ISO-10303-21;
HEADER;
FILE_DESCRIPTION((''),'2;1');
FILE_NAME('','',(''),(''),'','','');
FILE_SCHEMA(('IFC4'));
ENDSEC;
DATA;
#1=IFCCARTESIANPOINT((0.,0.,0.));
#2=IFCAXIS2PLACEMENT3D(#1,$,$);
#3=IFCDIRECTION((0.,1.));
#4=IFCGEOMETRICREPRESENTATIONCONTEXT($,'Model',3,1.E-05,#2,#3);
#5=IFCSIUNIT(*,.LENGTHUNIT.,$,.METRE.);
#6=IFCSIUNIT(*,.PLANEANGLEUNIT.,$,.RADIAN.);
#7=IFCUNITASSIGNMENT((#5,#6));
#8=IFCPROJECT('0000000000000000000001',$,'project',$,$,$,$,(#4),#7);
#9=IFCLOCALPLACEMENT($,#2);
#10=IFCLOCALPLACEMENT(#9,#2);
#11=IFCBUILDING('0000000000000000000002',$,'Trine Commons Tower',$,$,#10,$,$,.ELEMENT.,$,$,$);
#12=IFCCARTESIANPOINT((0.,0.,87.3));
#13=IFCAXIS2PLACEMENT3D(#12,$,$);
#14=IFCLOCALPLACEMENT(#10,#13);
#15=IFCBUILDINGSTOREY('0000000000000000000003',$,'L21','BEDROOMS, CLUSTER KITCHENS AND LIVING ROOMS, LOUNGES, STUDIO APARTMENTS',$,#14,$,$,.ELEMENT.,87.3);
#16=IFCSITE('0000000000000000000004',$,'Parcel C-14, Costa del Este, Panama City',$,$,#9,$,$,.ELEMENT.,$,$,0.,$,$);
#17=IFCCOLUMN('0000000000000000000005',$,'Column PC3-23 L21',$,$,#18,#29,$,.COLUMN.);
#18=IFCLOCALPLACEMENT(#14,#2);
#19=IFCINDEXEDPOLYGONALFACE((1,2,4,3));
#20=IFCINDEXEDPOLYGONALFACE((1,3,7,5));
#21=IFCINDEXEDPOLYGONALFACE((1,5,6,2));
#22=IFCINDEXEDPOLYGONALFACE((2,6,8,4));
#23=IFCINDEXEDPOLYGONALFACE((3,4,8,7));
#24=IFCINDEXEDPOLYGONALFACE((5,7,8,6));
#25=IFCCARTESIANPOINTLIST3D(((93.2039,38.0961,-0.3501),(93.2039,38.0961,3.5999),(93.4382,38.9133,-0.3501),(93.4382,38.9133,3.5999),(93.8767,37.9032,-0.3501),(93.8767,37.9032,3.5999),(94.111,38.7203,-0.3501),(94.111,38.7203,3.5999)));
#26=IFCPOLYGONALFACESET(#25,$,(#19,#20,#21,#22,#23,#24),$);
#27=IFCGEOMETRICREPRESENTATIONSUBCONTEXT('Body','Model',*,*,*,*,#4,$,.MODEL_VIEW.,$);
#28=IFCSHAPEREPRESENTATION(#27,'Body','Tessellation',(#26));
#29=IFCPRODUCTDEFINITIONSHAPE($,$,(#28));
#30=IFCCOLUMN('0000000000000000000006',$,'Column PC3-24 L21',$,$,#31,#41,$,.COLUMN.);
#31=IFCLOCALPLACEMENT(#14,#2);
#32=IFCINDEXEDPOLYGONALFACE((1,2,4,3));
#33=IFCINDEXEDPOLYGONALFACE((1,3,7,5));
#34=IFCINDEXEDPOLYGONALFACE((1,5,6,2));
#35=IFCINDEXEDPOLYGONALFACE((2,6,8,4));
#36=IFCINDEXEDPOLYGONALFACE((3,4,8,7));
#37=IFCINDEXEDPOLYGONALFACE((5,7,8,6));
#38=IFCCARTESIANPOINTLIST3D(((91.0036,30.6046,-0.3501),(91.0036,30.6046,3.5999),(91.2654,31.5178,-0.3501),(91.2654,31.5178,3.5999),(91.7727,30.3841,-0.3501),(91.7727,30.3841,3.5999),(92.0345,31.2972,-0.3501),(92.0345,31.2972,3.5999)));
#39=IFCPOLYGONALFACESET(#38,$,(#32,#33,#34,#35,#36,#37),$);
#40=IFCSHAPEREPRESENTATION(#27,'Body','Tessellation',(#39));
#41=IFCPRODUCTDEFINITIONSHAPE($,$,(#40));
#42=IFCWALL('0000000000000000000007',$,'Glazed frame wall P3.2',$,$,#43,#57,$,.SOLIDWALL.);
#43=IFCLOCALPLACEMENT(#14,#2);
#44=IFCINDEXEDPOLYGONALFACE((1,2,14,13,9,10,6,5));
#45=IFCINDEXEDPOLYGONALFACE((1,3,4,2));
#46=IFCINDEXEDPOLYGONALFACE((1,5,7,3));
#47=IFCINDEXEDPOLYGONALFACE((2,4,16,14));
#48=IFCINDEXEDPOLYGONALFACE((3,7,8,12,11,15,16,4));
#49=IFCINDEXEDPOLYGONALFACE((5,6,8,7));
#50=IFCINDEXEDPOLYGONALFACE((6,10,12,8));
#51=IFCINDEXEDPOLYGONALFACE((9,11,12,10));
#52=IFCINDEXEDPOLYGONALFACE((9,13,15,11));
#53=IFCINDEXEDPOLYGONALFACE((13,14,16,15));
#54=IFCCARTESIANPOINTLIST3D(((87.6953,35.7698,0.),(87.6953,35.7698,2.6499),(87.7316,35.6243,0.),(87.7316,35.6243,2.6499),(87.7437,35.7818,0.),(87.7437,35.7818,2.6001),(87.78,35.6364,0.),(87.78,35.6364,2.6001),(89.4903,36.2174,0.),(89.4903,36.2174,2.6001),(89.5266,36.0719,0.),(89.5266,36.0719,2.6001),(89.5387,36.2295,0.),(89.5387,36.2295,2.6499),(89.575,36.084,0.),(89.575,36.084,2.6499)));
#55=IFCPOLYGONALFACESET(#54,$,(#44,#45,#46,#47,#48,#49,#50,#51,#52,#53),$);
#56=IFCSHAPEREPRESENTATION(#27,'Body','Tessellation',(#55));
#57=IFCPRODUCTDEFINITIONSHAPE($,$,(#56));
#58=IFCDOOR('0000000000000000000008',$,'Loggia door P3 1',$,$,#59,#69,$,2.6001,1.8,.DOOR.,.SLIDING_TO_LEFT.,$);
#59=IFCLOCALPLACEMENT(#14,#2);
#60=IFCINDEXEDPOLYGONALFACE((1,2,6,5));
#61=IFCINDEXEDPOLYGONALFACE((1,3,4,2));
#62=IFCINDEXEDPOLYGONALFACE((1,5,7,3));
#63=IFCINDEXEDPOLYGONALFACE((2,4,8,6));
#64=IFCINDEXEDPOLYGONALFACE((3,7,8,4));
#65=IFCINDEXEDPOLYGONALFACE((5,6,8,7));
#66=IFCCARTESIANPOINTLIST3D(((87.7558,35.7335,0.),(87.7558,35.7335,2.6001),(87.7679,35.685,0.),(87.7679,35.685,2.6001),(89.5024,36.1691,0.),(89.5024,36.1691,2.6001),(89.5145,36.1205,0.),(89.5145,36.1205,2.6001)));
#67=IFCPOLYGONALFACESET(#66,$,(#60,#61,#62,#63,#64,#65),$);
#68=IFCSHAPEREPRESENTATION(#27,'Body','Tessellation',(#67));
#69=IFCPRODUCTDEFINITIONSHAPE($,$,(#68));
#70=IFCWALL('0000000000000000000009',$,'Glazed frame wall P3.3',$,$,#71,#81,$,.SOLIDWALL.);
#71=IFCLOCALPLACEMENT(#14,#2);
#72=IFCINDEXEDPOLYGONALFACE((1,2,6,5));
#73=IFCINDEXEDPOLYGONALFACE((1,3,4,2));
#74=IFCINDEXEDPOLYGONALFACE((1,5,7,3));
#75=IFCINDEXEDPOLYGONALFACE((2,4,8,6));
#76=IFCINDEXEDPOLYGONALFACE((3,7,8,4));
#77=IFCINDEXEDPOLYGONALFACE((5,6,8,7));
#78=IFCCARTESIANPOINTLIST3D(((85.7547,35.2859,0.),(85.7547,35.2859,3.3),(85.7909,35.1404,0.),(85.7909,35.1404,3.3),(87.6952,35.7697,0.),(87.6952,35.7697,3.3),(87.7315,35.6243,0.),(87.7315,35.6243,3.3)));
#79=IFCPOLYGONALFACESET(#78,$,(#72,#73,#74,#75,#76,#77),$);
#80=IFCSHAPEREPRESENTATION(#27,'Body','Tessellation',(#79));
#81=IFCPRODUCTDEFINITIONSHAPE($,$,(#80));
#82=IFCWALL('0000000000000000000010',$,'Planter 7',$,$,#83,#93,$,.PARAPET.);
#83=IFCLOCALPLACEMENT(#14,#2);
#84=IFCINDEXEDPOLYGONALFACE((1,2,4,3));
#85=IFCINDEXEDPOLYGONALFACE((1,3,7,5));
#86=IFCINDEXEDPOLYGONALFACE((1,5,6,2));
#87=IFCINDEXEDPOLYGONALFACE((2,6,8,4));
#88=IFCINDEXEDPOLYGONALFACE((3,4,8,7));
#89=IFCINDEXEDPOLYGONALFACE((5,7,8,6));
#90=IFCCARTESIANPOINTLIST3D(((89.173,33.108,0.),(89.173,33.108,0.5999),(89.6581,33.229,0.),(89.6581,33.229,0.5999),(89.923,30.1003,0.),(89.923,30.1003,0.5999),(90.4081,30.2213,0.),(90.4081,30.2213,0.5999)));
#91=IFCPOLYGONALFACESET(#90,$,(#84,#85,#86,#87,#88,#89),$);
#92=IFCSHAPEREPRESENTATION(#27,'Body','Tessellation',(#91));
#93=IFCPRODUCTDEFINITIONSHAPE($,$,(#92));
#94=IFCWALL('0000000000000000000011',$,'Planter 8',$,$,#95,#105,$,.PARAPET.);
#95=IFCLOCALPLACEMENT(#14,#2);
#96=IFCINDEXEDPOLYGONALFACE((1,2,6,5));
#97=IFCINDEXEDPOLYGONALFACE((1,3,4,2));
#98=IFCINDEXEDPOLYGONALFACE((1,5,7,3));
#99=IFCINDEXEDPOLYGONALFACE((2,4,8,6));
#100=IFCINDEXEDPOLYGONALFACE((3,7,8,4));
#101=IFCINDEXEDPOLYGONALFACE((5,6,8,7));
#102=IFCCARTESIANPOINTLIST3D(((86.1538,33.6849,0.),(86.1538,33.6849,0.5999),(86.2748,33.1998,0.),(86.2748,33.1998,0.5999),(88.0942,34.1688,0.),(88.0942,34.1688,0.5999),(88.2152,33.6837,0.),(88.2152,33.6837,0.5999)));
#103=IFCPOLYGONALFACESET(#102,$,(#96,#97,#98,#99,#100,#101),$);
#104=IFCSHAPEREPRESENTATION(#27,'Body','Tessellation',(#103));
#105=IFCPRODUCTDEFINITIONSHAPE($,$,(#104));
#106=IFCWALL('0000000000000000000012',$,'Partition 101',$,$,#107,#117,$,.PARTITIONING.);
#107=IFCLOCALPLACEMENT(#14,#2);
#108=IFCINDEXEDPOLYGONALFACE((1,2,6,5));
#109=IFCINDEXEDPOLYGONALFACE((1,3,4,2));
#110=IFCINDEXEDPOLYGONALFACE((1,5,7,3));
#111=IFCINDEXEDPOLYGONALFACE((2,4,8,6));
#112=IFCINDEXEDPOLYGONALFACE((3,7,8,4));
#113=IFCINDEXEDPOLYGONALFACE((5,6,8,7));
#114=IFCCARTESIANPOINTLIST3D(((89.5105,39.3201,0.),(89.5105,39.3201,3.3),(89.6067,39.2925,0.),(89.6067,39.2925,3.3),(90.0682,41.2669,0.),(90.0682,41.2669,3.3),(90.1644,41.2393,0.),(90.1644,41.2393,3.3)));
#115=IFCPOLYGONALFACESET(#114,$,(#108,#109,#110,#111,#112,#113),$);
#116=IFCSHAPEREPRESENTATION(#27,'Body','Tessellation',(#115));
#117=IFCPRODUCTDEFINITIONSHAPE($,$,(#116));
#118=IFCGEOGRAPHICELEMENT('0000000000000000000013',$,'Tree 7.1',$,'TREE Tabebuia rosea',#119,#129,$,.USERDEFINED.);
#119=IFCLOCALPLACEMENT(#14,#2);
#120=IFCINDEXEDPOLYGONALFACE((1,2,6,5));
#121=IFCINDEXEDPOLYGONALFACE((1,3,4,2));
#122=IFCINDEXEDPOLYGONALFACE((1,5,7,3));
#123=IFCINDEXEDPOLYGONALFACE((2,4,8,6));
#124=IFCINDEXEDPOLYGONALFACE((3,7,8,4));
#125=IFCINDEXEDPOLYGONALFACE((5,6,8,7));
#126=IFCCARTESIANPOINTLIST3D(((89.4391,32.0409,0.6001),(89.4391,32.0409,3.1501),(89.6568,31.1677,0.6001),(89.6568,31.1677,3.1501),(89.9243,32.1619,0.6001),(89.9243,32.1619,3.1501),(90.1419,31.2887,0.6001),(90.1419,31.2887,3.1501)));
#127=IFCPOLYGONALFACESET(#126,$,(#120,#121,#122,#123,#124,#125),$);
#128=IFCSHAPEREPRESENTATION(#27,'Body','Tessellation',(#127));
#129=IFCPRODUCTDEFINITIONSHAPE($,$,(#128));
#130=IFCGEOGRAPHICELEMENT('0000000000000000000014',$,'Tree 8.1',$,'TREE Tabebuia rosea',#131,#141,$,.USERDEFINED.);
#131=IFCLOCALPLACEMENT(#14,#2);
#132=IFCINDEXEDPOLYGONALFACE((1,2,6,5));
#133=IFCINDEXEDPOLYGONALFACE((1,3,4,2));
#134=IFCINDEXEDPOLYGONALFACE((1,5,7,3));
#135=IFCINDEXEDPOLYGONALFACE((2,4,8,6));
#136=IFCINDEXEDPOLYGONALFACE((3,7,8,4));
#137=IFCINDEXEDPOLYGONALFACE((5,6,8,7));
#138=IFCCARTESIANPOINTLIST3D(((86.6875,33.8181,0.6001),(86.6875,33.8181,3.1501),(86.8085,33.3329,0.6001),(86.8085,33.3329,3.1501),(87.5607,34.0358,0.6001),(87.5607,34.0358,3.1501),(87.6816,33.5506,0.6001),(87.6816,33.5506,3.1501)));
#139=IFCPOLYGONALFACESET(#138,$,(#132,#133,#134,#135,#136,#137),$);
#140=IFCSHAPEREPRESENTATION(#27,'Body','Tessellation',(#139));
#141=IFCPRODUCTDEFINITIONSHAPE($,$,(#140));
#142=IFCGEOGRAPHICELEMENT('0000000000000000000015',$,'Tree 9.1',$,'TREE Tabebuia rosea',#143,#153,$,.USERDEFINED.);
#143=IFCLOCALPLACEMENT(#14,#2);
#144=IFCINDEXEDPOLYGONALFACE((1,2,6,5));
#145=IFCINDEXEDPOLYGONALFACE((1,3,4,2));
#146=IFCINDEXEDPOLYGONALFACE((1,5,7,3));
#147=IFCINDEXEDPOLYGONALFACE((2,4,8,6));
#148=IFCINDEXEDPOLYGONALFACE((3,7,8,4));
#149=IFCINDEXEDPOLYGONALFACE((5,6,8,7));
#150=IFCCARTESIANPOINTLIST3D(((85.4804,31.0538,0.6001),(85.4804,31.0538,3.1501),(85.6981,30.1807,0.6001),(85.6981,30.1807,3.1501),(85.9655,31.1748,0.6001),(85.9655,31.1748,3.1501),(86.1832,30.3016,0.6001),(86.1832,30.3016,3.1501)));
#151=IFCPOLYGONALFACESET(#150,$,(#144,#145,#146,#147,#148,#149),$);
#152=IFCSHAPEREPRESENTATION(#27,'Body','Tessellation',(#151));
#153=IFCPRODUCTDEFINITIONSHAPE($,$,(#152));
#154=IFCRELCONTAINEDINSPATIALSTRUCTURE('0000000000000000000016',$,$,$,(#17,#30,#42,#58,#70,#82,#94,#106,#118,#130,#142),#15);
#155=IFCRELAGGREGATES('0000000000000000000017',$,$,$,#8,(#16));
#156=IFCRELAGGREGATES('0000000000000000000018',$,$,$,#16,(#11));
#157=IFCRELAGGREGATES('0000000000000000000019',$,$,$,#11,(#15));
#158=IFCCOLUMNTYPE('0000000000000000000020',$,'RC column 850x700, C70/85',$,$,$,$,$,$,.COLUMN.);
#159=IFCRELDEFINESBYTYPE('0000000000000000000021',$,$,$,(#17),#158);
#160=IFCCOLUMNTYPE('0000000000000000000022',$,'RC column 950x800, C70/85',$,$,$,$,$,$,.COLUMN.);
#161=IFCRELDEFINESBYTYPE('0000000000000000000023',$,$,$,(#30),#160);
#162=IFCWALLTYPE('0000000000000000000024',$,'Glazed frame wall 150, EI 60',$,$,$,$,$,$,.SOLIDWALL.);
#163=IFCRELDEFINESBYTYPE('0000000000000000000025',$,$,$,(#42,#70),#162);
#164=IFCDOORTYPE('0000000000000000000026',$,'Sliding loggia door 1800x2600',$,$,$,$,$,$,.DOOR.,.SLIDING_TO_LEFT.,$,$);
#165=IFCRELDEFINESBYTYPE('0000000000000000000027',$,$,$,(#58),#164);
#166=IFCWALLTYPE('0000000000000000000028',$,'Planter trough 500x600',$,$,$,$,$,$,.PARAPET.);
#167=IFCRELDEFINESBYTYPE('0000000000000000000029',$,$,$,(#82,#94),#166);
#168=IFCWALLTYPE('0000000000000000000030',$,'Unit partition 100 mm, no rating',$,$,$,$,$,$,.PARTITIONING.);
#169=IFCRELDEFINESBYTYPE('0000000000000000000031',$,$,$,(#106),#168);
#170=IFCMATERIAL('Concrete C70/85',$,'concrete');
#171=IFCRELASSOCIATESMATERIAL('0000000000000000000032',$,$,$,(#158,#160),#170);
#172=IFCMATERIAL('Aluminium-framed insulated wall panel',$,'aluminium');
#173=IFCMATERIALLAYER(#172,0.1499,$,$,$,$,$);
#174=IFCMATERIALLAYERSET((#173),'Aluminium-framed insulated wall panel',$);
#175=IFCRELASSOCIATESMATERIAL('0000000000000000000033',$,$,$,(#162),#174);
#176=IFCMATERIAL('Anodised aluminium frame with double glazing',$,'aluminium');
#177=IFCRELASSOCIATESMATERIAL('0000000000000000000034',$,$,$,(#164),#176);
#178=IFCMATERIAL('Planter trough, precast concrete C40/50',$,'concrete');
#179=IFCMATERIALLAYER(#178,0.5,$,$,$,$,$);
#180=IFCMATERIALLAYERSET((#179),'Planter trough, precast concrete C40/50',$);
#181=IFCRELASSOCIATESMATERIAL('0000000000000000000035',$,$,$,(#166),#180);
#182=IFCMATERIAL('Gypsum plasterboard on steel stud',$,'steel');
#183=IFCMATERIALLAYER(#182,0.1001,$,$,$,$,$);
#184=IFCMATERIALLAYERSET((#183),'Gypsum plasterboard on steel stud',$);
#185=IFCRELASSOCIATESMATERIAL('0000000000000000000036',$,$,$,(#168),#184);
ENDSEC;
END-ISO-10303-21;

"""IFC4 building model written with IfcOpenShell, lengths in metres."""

from ifc_helpers import new_model, si_unit, direction, frame, frame_2d, origin, origin_2d, place, context, subcontext, project, spatial, polyline, rectangle, outline, extrude, material, layer, layer_set, material_profile, profile_set, type_object, element, fill, save


model = new_model("IFC4")

# Units and contexts
model_context = context("Model", 3, precision=1e-05, world=origin(), true_north=direction((0.0, 1.0)))
body_context = subcontext(model_context, "Body", "Model", "MODEL_VIEW")
ifc_project = project(units=[si_unit("LENGTHUNIT", "METRE"), si_unit("PLANEANGLEUNIT", "RADIAN")], contexts=[model_context])

# Site, building, storey
site_placement = place(None, origin())
site = spatial("IfcSite", under=ifc_project, at=site_placement, Name="Parcel C-14, Costa del Este, Panama City", CompositionType="ELEMENT", RefElevation=0.0)
building_placement = place(site_placement, origin())
building = spatial("IfcBuilding", under=site, at=building_placement, Name="Trine Commons Tower", CompositionType="ELEMENT")
storey_placement = place(building_placement, frame((0.0, 0.0, 87.3)))
storey = spatial("IfcBuildingStorey", under=building, at=storey_placement, Name="L21", Description="BEDROOMS, CLUSTER KITCHENS AND LIVING ROOMS, LOUNGES, STUDIO APARTMENTS", CompositionType="ELEMENT", Elevation=87.3)

# Columns
ifc_material_1 = material(Name="Concrete C70/85", Category="concrete")
ifc_material_profile_1 = material_profile(ifc_material_1, rectangle(XDim=0.8501, YDim=0.7, at=origin_2d()), Name="RC 850x700")
ifc_profile_set_1 = profile_set([ifc_material_profile_1], Name="Concrete C70/85")
column_type_1 = type_object("IfcColumnType", Name="RC column 850x700, C70/85", PredefinedType="COLUMN", material=ifc_profile_set_1)
column_1_placement = place(storey_placement, frame((93.6575, 38.4082, -0.3501), z_axis=(0.0, 0.0, 1.0), x_axis=(0.275637, 0.961262, 0.0)))
element("IfcColumn", 1, at=column_1_placement, inside=storey, type_object=column_type_1, Name="Column PC3-23 L21", PredefinedType="COLUMN", context=body_context, shape_type="SweptSolid", body=[
    extrude(rectangle(XDim=0.8501, YDim=0.7, at=origin_2d()), origin(), (0.0, 0.0, 1.0), 3.95),
])
ifc_material_profile_2 = material_profile(ifc_material_1, rectangle(XDim=0.95, YDim=0.8, at=origin_2d()), Name="RC 950x800")
ifc_profile_set_2 = profile_set([ifc_material_profile_2], Name="Concrete C70/85")
column_type_2 = type_object("IfcColumnType", Name="RC column 950x800, C70/85", PredefinedType="COLUMN", material=ifc_profile_set_2)
column_2_placement = place(storey_placement, frame((91.519, 30.9509, -0.3501), z_axis=(0.0, 0.0, 1.0), x_axis=(0.275637, 0.961262, 0.0)))
element("IfcColumn", 2, at=column_2_placement, inside=storey, type_object=column_type_2, Name="Column PC3-24 L21", PredefinedType="COLUMN", context=body_context, shape_type="SweptSolid", body=[
    extrude(rectangle(XDim=0.95, YDim=0.8, at=origin_2d()), origin(), (0.0, 0.0, 1.0), 3.95),
])

# Shared definitions
ifc_material_2 = material(Name="Aluminium-framed insulated wall panel", Category="aluminium")
ifc_layer_1 = layer(ifc_material_2, 0.1499)
ifc_layer_set_1 = layer_set([ifc_layer_1], Name="Aluminium-framed insulated wall panel")
wall_type_1 = type_object("IfcWallType", Name="Glazed frame wall 150, EI 60", PredefinedType="SOLIDWALL", material=ifc_layer_set_1)

# Wall, opening, door
wall_1_placement = place(storey_placement, frame((89.5569, 36.1567, 0.0), z_axis=(0.0, 0.0, 1.0), x_axis=(-0.970286, -0.241961, 0.0)))
wall_1 = element("IfcWall", 3, at=wall_1_placement, inside=storey, type_object=wall_type_1, Name="Glazed frame wall P3.2", PredefinedType="SOLIDWALL", context=body_context, shape_type="SweptSolid", body=[
    extrude(outline(polyline([(0.0, -0.075), (1.8999, -0.075), (1.8999, 0.075), (0.0, 0.075), (0.0, -0.075)])), origin(), (0.0, 0.0, 1.0), 2.6499),
])
opening_placement = place(wall_1_placement, frame((0.05, 0.0, 0.0)))
opening = element("IfcOpeningElement", 4, at=opening_placement, cuts=wall_1, PredefinedType="OPENING", context=body_context, shape_type="SweptSolid", body=[
    extrude(rectangle(XDim=1.8, YDim=2.6001, at=frame_2d((0.8999, 1.3))), frame((0.0, 0.085, 0.0), z_axis=(0.0, -1.0, 0.0), x_axis=(1.0, 0.0, 0.0)), (0.0, 0.0, 1.0), 0.1699),
])
ifc_material_3 = material(Name="Anodised aluminium frame with double glazing", Category="aluminium")
door_type = type_object("IfcDoorType", Name="Sliding loggia door 1800x2600", OperationType="SLIDING_TO_LEFT", PredefinedType="DOOR", material=ifc_material_3)
door_placement = place(opening_placement, origin())
door = element("IfcDoor", 5, at=door_placement, inside=storey, type_object=door_type, Name="Loggia door P3 1", OperationType="SLIDING_TO_LEFT", OverallHeight=2.6001, OverallWidth=1.8, PredefinedType="DOOR", context=body_context, shape_type="SweptSolid", body=[
    extrude(rectangle(XDim=1.8, YDim=2.6001, at=frame_2d((0.8999, 1.3))), frame((0.0, 0.0249, 0.0), z_axis=(0.0, -1.0, 0.0), x_axis=(1.0, 0.0, 0.0)), (0.0, 0.0, 1.0), 0.05),
])
fill(opening, door)

# Walls
wall_2_placement = place(storey_placement, frame((87.7134, 35.697, 0.0), z_axis=(0.0, 0.0, 1.0), x_axis=(-0.970293, -0.241932, 0.0)))
element("IfcWall", 6, at=wall_2_placement, inside=storey, type_object=wall_type_1, Name="Glazed frame wall P3.3", PredefinedType="SOLIDWALL", context=body_context, shape_type="SweptSolid", body=[
    extrude(outline(polyline([(0.0, -0.075), (2.0, -0.075), (2.0, 0.075), (0.0, 0.075), (0.0, -0.075)])), origin(), (0.0, 0.0, 1.0), 3.3),
])
ifc_material_4 = material(Name="Planter trough, precast concrete C40/50", Category="concrete")
ifc_layer_2 = layer(ifc_material_4, 0.5)
ifc_layer_set_2 = layer_set([ifc_layer_2], Name="Planter trough, precast concrete C40/50")
wall_type_2 = type_object("IfcWallType", Name="Planter trough 500x600", PredefinedType="PARAPET", material=ifc_layer_set_2)
wall_3_placement = place(storey_placement, frame((90.1655, 30.1609, 0.0), z_axis=(0.0, 0.0, 1.0), x_axis=(-0.241943, 0.970291, 0.0)))
element("IfcWall", 7, at=wall_3_placement, inside=storey, type_object=wall_type_2, Name="Planter 7", PredefinedType="PARAPET", context=body_context, shape_type="SweptSolid", body=[
    extrude(rectangle(XDim=3.0999, YDim=0.5, at=frame_2d((1.5498, 0.0))), origin(), (0.0, 0.0, 1.0), 0.5999),
])
wall_4_placement = place(storey_placement, frame((88.1548, 33.9263, 0.0), z_axis=(0.0, 0.0, 1.0), x_axis=(-0.970286, -0.241961, 0.0)))
element("IfcWall", 8, at=wall_4_placement, inside=storey, type_object=wall_type_2, Name="Planter 8", PredefinedType="PARAPET", context=body_context, shape_type="SweptSolid", body=[
    extrude(rectangle(XDim=1.9998, YDim=0.5, at=frame_2d((1.0, 0.0))), origin(), (0.0, 0.0, 1.0), 0.5999),
])
ifc_material_5 = material(Name="Gypsum plasterboard on steel stud", Category="steel")
ifc_layer_3 = layer(ifc_material_5, 0.1001)
ifc_layer_set_3 = layer_set([ifc_layer_3], Name="Gypsum plasterboard on steel stud")
wall_type_3 = type_object("IfcWallType", Name="Unit partition 100 mm, no rating", PredefinedType="PARTITIONING", material=ifc_layer_set_3)
wall_5_placement = place(storey_placement, frame((89.5586, 39.3062, 0.0), z_axis=(0.0, 0.0, 1.0), x_axis=(0.275358, 0.961342, 0.0)))
element("IfcWall", 9, at=wall_5_placement, inside=storey, type_object=wall_type_3, Name="Partition 101", PredefinedType="PARTITIONING", context=body_context, shape_type="SweptSolid", body=[
    extrude(rectangle(XDim=2.0251, YDim=0.1001, at=frame_2d((1.0127, 0.0))), origin(), (0.0, 0.0, 1.0), 3.3),
])

# Geographic elements
for number, where, z_axis, x_axis, name in (
    (10, (89.7905, 31.6648, 0.6001), (0.0, 0.0, 1.0), (-0.241908, 0.970299, 0.0), "Tree 7.1"),
    (11, (87.1846, 33.6843, 0.6001), (0.0, 0.0, 1.0), (-0.970297, -0.241915, 0.0), "Tree 8.1"),
    (12, (85.8318, 30.6777, 0.6001), (0.0, 0.0, 1.0), (0.241908, -0.970299, 0.0), "Tree 9.1"),
):
    element("IfcGeographicElement", number, at=place(storey_placement, frame(where, z_axis=z_axis, x_axis=x_axis)), inside=storey, Name=name, ObjectType="TREE Tabebuia rosea", PredefinedType="USERDEFINED", context=body_context, shape_type="SweptSolid", body=[
        extrude(rectangle(XDim=0.8999, YDim=0.5, at=origin_2d()), origin(), (0.0, 0.0, 1.0), 2.55),
    ])

save(model, "model.ifc")
